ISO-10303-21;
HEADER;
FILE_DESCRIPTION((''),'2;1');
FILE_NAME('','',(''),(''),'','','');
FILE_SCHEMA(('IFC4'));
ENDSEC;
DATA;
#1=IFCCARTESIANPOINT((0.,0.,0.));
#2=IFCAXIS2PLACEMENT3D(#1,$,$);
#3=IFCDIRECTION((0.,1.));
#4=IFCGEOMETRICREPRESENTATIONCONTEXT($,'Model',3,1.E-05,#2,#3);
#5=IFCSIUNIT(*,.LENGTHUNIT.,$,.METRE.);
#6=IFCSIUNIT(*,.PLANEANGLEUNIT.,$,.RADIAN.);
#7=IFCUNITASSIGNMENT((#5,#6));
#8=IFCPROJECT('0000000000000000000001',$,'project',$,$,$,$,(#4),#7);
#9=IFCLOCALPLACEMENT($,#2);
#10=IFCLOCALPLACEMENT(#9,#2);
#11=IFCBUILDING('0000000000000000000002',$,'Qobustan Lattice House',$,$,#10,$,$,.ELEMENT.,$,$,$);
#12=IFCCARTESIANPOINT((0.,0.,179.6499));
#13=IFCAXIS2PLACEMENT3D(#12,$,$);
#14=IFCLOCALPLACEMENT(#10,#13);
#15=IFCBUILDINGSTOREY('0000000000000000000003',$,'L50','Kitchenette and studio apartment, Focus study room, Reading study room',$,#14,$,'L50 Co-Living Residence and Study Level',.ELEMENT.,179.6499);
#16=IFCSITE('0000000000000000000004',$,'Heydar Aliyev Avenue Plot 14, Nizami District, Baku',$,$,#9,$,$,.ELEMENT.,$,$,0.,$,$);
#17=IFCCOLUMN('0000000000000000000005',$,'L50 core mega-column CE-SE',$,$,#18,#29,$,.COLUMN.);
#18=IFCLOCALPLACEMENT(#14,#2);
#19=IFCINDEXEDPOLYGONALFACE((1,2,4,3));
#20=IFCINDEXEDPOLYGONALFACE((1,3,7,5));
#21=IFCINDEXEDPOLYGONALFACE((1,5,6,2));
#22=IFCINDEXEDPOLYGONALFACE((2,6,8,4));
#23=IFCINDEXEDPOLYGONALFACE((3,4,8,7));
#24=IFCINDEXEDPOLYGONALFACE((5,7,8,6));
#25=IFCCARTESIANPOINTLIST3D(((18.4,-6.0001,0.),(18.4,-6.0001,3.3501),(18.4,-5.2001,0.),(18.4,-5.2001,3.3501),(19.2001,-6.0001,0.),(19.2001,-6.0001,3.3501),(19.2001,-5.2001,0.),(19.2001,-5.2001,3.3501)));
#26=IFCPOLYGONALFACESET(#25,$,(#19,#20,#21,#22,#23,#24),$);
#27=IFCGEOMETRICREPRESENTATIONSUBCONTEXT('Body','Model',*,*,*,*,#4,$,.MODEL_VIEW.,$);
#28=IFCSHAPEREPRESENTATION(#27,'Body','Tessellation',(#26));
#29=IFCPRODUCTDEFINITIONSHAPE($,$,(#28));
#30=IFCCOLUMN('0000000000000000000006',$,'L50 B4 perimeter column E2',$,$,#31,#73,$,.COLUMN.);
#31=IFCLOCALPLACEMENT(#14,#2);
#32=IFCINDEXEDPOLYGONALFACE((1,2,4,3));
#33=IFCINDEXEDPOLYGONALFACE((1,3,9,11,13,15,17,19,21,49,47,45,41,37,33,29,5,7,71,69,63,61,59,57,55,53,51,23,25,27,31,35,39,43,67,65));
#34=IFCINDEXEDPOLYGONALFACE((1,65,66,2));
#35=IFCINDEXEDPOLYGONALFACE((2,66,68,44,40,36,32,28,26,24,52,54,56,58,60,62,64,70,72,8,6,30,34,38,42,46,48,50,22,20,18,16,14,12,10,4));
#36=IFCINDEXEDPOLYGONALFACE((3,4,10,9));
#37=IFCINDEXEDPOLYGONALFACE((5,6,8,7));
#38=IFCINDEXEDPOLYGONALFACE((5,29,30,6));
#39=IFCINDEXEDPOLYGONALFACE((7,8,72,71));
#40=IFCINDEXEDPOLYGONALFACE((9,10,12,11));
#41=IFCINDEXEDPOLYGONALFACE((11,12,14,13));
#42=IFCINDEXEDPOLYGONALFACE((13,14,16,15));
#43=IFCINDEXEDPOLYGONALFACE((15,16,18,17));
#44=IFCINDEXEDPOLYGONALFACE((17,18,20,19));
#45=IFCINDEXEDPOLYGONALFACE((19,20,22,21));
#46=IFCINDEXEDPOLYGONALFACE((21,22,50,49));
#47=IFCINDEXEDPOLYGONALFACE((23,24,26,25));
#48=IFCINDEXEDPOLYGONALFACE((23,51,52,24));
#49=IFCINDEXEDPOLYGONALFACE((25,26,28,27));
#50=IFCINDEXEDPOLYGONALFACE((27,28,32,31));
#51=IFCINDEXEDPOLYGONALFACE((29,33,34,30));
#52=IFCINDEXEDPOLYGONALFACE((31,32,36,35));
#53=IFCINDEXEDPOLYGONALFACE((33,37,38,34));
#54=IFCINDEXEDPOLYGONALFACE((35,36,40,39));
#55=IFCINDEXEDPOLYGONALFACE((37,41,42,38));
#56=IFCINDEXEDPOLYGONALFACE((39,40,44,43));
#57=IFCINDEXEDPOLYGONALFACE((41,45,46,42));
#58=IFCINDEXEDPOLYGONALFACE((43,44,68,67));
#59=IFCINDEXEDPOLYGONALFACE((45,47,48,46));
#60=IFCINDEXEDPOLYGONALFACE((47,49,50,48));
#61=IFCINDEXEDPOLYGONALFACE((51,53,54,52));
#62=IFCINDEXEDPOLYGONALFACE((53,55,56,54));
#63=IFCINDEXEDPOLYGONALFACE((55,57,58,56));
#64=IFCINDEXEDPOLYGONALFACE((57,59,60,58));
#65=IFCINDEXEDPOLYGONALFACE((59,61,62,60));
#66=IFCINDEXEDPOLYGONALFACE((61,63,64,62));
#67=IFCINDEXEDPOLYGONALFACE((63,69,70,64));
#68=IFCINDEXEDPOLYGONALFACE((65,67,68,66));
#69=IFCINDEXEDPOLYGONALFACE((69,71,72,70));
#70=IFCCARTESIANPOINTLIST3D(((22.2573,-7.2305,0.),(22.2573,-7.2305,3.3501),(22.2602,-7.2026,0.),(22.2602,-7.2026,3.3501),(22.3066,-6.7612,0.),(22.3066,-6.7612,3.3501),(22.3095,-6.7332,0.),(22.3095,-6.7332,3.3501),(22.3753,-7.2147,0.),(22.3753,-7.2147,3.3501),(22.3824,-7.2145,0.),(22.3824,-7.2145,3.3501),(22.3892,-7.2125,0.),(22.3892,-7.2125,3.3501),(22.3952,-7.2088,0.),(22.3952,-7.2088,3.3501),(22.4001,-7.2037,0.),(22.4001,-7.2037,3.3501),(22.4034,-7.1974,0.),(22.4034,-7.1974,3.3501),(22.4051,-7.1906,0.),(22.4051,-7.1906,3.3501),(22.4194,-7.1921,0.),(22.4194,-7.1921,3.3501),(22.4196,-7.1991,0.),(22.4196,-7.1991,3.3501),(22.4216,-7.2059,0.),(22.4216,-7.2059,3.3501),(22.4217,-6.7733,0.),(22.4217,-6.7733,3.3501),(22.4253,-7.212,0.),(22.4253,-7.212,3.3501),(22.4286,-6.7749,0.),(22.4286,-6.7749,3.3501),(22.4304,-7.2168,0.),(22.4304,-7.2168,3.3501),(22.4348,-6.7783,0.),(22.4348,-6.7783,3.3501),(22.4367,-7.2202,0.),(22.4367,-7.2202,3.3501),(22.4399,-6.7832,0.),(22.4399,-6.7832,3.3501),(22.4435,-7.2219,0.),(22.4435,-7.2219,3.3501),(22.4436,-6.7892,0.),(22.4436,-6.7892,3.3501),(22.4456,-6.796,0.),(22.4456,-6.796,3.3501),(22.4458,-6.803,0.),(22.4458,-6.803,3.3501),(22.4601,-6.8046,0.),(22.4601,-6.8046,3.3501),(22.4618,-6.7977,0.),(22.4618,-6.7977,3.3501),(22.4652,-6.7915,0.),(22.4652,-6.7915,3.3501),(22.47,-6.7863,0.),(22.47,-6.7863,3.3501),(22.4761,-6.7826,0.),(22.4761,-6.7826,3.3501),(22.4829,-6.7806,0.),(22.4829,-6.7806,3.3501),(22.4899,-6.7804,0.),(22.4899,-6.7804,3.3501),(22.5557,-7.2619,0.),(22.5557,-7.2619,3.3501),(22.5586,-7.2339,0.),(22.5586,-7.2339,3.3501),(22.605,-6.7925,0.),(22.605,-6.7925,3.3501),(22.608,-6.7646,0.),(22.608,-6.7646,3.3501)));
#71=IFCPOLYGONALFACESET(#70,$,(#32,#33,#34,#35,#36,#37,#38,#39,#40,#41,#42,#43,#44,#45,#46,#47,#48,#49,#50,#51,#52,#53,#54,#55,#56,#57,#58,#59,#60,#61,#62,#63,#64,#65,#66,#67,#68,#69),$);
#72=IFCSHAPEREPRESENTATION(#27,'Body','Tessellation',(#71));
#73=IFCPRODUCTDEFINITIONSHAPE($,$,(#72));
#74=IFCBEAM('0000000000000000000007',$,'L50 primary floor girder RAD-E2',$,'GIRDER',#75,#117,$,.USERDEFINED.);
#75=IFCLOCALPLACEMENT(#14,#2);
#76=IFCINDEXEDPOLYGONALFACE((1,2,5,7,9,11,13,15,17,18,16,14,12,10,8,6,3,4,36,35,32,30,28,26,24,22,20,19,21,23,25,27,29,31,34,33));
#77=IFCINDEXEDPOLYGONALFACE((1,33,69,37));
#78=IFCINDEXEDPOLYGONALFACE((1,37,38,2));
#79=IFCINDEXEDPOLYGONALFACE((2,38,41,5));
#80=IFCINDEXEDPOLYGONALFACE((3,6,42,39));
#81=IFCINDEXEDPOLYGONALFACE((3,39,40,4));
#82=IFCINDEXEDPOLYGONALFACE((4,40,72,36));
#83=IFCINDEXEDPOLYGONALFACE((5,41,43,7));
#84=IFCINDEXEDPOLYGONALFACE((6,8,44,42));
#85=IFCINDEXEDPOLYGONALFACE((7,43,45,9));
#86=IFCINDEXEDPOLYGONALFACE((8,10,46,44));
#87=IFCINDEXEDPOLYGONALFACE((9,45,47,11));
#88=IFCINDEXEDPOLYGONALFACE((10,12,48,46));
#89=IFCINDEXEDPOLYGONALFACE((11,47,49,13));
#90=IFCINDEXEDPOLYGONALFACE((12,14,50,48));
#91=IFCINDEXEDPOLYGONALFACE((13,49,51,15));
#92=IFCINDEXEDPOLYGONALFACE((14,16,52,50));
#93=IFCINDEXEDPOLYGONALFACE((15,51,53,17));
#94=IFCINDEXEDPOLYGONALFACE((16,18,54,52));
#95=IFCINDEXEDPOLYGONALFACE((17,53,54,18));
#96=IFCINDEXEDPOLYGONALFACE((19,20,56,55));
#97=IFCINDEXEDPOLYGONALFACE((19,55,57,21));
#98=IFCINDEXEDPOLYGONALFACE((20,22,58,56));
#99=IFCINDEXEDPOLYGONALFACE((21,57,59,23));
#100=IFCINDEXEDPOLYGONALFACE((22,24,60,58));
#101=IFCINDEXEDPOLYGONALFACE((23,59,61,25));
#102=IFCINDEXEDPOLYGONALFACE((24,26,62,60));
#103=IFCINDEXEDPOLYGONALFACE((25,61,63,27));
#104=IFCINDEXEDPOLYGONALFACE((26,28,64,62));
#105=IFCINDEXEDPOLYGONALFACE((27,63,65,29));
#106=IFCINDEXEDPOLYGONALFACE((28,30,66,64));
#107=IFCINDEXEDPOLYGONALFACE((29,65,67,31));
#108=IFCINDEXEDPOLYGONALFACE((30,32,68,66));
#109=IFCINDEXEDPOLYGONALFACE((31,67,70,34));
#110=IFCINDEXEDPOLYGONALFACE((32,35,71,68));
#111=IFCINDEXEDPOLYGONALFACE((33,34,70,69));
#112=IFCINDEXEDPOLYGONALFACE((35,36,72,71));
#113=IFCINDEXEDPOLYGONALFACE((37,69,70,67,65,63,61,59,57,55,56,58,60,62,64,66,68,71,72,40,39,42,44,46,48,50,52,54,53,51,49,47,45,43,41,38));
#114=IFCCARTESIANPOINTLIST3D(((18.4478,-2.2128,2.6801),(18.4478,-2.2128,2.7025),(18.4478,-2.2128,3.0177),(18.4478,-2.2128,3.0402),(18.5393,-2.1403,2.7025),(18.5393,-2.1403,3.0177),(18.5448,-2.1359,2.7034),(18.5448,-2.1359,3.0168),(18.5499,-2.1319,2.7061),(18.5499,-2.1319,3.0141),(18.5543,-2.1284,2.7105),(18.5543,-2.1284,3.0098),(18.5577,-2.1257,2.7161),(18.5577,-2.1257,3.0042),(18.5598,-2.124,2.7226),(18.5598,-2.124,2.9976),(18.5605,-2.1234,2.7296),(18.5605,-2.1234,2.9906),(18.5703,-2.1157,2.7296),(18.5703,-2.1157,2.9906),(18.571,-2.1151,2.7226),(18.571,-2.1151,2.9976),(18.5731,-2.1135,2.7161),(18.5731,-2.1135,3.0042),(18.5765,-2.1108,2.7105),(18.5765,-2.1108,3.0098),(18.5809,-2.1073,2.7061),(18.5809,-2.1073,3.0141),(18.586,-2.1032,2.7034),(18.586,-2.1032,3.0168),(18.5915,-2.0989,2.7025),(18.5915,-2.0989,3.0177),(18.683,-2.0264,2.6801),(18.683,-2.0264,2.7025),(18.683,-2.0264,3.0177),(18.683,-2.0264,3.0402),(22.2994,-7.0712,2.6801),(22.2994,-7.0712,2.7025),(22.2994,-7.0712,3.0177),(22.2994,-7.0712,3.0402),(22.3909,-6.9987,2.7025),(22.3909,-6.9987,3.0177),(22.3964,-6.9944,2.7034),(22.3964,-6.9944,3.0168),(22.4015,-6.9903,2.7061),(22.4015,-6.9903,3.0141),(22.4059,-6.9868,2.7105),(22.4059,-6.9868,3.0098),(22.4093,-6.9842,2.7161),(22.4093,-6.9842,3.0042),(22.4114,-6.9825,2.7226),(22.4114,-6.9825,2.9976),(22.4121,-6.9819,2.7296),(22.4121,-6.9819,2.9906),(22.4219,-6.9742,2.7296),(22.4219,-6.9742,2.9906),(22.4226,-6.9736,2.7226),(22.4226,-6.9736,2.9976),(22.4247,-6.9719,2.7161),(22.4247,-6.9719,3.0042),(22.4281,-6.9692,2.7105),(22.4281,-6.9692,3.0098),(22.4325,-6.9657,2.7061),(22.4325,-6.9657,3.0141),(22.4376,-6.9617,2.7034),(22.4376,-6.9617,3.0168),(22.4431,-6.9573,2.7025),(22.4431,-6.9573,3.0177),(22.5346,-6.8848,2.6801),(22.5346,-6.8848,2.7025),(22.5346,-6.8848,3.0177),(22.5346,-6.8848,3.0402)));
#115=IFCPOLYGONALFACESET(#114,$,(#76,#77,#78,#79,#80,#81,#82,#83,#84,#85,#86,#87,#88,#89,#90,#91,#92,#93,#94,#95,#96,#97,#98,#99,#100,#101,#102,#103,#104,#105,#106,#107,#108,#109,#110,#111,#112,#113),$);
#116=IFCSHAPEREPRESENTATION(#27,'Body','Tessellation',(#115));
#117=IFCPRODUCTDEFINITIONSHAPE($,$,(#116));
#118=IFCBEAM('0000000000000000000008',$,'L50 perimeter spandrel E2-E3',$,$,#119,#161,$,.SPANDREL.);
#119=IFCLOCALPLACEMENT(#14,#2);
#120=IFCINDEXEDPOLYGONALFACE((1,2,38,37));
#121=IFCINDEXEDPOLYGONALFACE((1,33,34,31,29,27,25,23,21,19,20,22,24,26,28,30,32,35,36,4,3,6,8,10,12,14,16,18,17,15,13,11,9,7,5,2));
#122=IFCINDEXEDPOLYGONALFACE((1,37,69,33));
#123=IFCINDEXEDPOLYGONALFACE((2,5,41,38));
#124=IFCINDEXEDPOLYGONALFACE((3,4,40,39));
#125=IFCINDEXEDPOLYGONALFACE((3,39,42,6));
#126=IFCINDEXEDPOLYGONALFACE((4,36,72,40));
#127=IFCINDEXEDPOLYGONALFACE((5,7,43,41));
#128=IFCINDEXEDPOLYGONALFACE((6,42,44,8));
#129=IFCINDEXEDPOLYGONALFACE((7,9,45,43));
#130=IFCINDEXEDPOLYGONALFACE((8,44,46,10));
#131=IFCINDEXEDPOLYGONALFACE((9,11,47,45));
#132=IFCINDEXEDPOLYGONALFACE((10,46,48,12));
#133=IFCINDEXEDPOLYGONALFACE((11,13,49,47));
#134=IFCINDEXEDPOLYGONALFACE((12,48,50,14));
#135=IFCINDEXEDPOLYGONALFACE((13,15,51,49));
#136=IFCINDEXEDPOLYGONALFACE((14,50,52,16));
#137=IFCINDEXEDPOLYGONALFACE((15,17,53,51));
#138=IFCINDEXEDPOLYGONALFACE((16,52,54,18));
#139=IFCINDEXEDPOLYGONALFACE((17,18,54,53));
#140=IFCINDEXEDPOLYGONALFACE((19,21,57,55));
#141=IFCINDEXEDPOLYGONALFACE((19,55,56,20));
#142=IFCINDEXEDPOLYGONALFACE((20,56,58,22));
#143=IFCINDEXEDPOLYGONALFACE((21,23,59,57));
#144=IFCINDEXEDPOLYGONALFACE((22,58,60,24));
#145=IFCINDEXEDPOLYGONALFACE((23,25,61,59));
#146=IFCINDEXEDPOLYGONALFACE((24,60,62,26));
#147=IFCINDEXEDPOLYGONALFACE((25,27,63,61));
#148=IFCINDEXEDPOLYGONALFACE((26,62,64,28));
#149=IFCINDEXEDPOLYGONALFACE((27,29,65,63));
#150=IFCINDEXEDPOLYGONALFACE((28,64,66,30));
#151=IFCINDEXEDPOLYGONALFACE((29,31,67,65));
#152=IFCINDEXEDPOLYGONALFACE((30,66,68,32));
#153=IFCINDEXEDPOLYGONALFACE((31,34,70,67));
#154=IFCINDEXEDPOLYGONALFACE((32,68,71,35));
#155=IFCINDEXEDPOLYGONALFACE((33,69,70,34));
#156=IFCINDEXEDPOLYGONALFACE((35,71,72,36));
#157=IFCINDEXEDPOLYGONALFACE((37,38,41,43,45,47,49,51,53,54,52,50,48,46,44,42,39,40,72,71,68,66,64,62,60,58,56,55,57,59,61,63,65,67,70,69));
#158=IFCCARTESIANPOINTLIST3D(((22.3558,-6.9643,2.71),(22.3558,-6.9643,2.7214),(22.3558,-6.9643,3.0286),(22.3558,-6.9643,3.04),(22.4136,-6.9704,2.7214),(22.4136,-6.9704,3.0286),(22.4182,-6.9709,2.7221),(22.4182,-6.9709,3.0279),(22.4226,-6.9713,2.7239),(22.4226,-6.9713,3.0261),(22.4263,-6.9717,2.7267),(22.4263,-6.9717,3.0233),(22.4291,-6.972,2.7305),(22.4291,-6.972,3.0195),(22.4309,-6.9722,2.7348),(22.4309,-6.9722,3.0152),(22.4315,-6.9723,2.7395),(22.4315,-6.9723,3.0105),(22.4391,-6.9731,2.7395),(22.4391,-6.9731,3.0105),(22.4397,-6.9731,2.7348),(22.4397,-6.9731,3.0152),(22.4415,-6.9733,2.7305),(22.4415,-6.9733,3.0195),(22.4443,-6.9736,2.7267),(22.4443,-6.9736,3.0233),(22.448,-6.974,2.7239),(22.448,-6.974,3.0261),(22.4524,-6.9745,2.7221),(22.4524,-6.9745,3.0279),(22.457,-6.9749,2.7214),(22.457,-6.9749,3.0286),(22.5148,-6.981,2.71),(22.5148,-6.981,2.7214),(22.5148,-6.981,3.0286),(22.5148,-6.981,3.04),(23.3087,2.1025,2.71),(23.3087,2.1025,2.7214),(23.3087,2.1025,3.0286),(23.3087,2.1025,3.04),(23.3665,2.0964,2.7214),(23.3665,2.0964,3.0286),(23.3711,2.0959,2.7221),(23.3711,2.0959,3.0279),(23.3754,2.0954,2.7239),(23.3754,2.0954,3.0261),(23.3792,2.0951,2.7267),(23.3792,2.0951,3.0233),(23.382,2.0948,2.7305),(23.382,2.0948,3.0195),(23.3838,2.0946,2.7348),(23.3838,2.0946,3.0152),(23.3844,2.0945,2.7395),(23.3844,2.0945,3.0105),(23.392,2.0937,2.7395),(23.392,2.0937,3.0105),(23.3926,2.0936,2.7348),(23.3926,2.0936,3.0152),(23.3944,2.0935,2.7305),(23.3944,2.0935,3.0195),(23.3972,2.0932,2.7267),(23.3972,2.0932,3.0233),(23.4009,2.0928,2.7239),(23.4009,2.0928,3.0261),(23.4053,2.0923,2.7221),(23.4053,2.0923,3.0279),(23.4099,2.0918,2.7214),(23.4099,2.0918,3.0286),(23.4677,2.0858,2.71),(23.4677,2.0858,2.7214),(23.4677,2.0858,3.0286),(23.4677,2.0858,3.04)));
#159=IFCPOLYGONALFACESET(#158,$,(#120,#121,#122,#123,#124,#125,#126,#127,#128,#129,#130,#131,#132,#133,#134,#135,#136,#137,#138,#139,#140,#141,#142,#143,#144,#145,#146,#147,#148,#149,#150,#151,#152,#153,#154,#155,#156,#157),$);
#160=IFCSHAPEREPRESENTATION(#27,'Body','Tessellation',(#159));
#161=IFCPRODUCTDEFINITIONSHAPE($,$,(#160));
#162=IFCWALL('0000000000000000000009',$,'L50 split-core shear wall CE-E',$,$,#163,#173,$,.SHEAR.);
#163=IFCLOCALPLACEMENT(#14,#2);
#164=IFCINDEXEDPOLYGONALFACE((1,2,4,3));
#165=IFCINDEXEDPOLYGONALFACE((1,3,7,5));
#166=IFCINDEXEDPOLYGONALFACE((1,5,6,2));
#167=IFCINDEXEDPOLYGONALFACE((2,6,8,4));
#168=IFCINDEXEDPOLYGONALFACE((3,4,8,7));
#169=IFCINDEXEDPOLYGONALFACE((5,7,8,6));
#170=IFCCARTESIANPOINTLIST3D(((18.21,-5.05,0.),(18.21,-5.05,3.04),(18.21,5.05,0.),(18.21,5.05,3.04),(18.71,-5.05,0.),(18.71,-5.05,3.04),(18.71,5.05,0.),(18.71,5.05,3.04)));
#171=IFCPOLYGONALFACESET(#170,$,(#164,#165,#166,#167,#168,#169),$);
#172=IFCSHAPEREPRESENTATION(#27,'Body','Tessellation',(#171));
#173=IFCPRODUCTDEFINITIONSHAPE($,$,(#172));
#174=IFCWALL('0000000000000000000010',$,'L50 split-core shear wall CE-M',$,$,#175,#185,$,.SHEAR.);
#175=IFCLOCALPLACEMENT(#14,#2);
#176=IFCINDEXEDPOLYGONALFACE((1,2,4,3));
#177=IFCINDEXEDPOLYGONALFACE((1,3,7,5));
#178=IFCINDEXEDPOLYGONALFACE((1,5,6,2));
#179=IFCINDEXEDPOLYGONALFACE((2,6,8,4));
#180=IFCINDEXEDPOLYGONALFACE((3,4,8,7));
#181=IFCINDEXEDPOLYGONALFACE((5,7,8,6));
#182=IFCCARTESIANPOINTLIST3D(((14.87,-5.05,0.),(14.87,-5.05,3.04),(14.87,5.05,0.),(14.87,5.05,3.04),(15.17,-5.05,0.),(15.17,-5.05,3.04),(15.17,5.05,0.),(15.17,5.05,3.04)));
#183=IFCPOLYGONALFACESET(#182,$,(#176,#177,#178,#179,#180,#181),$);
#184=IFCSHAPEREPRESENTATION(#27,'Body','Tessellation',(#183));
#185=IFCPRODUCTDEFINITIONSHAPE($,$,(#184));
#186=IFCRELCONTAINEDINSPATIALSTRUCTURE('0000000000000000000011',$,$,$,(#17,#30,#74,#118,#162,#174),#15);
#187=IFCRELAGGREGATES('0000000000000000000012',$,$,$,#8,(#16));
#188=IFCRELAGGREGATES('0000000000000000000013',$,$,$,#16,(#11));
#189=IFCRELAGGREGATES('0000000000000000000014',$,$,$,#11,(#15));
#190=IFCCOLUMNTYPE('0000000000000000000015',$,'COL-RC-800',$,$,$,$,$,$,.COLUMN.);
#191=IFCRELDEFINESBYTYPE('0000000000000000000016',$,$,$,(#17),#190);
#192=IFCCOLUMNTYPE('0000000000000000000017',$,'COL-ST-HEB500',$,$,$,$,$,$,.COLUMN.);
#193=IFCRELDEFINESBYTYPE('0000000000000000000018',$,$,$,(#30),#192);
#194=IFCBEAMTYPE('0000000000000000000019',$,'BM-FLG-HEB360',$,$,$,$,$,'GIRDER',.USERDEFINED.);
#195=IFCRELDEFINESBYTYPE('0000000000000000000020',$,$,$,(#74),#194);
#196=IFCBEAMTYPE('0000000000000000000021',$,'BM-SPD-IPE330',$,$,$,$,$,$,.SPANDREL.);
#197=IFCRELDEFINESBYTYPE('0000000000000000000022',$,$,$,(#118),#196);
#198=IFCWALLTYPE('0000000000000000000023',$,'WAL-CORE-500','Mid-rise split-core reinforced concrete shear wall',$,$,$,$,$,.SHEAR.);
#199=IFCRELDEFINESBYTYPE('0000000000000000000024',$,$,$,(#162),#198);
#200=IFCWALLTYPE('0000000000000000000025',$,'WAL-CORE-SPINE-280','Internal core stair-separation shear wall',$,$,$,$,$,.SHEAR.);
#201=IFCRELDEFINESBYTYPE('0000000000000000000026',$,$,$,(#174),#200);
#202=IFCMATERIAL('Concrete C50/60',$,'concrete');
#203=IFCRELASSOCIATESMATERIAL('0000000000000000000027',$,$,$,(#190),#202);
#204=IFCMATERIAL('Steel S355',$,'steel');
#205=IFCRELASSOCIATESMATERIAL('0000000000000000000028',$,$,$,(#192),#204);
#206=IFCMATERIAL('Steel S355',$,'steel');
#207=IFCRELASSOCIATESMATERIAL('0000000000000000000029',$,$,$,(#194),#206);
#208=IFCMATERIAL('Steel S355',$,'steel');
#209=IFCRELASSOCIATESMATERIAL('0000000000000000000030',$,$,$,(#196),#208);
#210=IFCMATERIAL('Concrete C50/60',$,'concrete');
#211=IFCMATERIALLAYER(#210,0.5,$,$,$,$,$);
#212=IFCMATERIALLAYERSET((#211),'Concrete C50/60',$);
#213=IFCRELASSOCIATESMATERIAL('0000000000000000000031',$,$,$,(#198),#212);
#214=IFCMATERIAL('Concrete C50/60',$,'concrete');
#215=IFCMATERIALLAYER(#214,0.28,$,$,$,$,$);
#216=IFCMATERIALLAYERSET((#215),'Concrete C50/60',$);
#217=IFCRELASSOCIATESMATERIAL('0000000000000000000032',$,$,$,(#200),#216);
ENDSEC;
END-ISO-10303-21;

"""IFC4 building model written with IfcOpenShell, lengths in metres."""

from ifc_helpers import new_model, si_unit, direction, frame, frame_2d, origin, origin_2d, place, context, subcontext, project, spatial, rectangle, i_section, extrude, material, layer, layer_set, material_profile, profile_set, type_object, element, save


model = new_model("IFC4")

# Units and contexts
model_context = context("Model", 3, precision=1e-05, world=origin(), true_north=direction((0.0, 1.0)))
body_context = subcontext(model_context, "Body", "Model", "MODEL_VIEW")
ifc_project = project(units=[si_unit("LENGTHUNIT", "METRE"), si_unit("PLANEANGLEUNIT", "RADIAN")], contexts=[model_context])

# Site, building, storey
site_placement = place(None, origin())
site = spatial("IfcSite", under=ifc_project, at=site_placement, Name="Heydar Aliyev Avenue Plot 14, Nizami District, Baku", CompositionType="ELEMENT", RefElevation=0.0)
building_placement = place(site_placement, origin())
building = spatial("IfcBuilding", under=site, at=building_placement, Name="Qobustan Lattice House", CompositionType="ELEMENT")
storey_placement = place(building_placement, frame((0.0, 0.0, 179.6499)))
storey = spatial("IfcBuildingStorey", under=building, at=storey_placement, Name="L50", Description="Kitchenette and studio apartment, Focus study room, Reading study room", LongName="L50 Co-Living Residence and Study Level", CompositionType="ELEMENT", Elevation=179.6499)

# Columns
ifc_material_1 = material(Name="Concrete C50/60", Category="concrete")
ifc_material_profile_1 = material_profile(ifc_material_1, rectangle(XDim=0.8, YDim=0.8, at=origin_2d()), Name="RC800x800")
ifc_profile_set_1 = profile_set([ifc_material_profile_1], Name="Concrete C50/60")
column_type_1 = type_object("IfcColumnType", Name="COL-RC-800", PredefinedType="COLUMN", material=ifc_profile_set_1)
column_1_placement = place(storey_placement, frame((18.8, -5.6001, 0.0), z_axis=(0.0, 0.0, 1.0), x_axis=(1.0, 0.0, 0.0)))
element("IfcColumn", 1, at=column_1_placement, inside=storey, type_object=column_type_1, Name="L50 core mega-column CE-SE", PredefinedType="COLUMN", context=body_context, shape_type="SweptSolid", body=[
    extrude(rectangle(XDim=0.8, YDim=0.8, at=origin_2d()), origin(), (0.0, 0.0, 1.0), 3.3501),
])
ifc_material_2 = material(Name="Steel S355", Category="steel")
ifc_material_profile_2 = material_profile(ifc_material_2, i_section(OverallWidth=0.3, OverallDepth=0.5, WebThickness=0.0144, FlangeThickness=0.0281, FilletRadius=0.0271, at=origin_2d()), Name="HEB500")
ifc_profile_set_2 = profile_set([ifc_material_profile_2], Name="Steel S355")
column_type_2 = type_object("IfcColumnType", Name="COL-ST-HEB500", PredefinedType="COLUMN", material=ifc_profile_set_2)
column_2_placement = place(storey_placement, frame((22.4326, -6.9976, 0.0), z_axis=(0.0, 0.0, 1.0), x_axis=(0.994522, -0.104528, 0.0)))
element("IfcColumn", 2, at=column_2_placement, inside=storey, type_object=column_type_2, Name="L50 B4 perimeter column E2", PredefinedType="COLUMN", context=body_context, shape_type="SweptSolid", body=[
    extrude(i_section(OverallWidth=0.3, OverallDepth=0.5, WebThickness=0.0144, FlangeThickness=0.0281, FilletRadius=0.0271, at=origin_2d()), origin(), (0.0, 0.0, 1.0), 3.3501),
])

# Beams
ifc_material_3 = material(Name="Steel S355", Category="steel")
ifc_material_profile_3 = material_profile(ifc_material_3, i_section(OverallWidth=0.3, OverallDepth=0.3601, WebThickness=0.0125, FlangeThickness=0.0225, FilletRadius=0.0271, at=origin_2d()), Name="HEB360")
ifc_profile_set_3 = profile_set([ifc_material_profile_3], Name="Steel S355")
beam_type_1 = type_object("IfcBeamType", Name="BM-FLG-HEB360", ElementType="GIRDER", PredefinedType="USERDEFINED", material=ifc_profile_set_3)
beam_1_placement = place(storey_placement, frame((22.417, -6.978, 2.8601), z_axis=(-0.621231, 0.783627, 0.0), x_axis=(-0.783627, -0.621231, 0.0)))
element("IfcBeam", 3, at=beam_1_placement, inside=storey, type_object=beam_type_1, Name="L50 primary floor girder RAD-E2", ObjectType="GIRDER", PredefinedType="USERDEFINED", context=body_context, shape_type="SweptSolid", body=[
    extrude(i_section(OverallWidth=0.3, OverallDepth=0.3601, WebThickness=0.0125, FlangeThickness=0.0225, FilletRadius=0.0271, at=origin_2d()), origin(), (0.0, 0.0, 1.0), 6.2),
])
ifc_material_4 = material(Name="Steel S355", Category="steel")
ifc_material_profile_4 = material_profile(ifc_material_4, i_section(OverallWidth=0.1599, OverallDepth=0.3301, WebThickness=0.0076, FlangeThickness=0.0115, FilletRadius=0.0181, at=origin_2d()), Name="IPE330")
ifc_profile_set_4 = profile_set([ifc_material_profile_4], Name="Steel S355")
beam_type_2 = type_object("IfcBeamType", Name="BM-SPD-IPE330", PredefinedType="SPANDREL", material=ifc_profile_set_4)
beam_2_placement = place(storey_placement, frame((22.4353, -6.9727, 2.875), z_axis=(0.104522, 0.994523, 0.0), x_axis=(-0.994523, 0.104522, 0.0)))
element("IfcBeam", 4, at=beam_2_placement, inside=storey, type_object=beam_type_2, Name="L50 perimeter spandrel E2-E3", PredefinedType="SPANDREL", context=body_context, shape_type="SweptSolid", body=[
    extrude(i_section(OverallWidth=0.1599, OverallDepth=0.3301, WebThickness=0.0076, FlangeThickness=0.0115, FilletRadius=0.0181, at=origin_2d()), origin(), (0.0, 0.0, 1.0), 9.1167),
])

# Walls
ifc_material_5 = material(Name="Concrete C50/60", Category="concrete")
ifc_layer_1 = layer(ifc_material_5, 0.5)
ifc_layer_set_1 = layer_set([ifc_layer_1], Name="Concrete C50/60")
wall_type_1 = type_object("IfcWallType", Name="WAL-CORE-500", Description="Mid-rise split-core reinforced concrete shear wall", PredefinedType="SHEAR", material=ifc_layer_set_1)
wall_1_placement = place(storey_placement, frame((18.46, -5.05, 0.0), z_axis=(0.0, 0.0, 1.0), x_axis=(0.0, 1.0, 0.0)))
element("IfcWall", 5, at=wall_1_placement, inside=storey, type_object=wall_type_1, Name="L50 split-core shear wall CE-E", PredefinedType="SHEAR", context=body_context, shape_type="SweptSolid", body=[
    extrude(rectangle(XDim=10.1001, YDim=0.5, at=frame_2d((5.05, 0.0))), origin(), (0.0, 0.0, 1.0), 3.04),
])
ifc_material_6 = material(Name="Concrete C50/60", Category="concrete")
ifc_layer_2 = layer(ifc_material_6, 0.28)
ifc_layer_set_2 = layer_set([ifc_layer_2], Name="Concrete C50/60")
wall_type_2 = type_object("IfcWallType", Name="WAL-CORE-SPINE-280", Description="Internal core stair-separation shear wall", PredefinedType="SHEAR", material=ifc_layer_set_2)
wall_2_placement = place(storey_placement, frame((15.02, -5.05, 0.0), z_axis=(0.0, 0.0, 1.0), x_axis=(0.0, 1.0, 0.0)))
element("IfcWall", 6, at=wall_2_placement, inside=storey, type_object=wall_type_2, Name="L50 split-core shear wall CE-M", PredefinedType="SHEAR", context=body_context, shape_type="SweptSolid", body=[
    extrude(rectangle(XDim=10.1001, YDim=0.3, at=frame_2d((5.05, 0.0))), origin(), (0.0, 0.0, 1.0), 3.04),
])

save(model, "model.ifc")
